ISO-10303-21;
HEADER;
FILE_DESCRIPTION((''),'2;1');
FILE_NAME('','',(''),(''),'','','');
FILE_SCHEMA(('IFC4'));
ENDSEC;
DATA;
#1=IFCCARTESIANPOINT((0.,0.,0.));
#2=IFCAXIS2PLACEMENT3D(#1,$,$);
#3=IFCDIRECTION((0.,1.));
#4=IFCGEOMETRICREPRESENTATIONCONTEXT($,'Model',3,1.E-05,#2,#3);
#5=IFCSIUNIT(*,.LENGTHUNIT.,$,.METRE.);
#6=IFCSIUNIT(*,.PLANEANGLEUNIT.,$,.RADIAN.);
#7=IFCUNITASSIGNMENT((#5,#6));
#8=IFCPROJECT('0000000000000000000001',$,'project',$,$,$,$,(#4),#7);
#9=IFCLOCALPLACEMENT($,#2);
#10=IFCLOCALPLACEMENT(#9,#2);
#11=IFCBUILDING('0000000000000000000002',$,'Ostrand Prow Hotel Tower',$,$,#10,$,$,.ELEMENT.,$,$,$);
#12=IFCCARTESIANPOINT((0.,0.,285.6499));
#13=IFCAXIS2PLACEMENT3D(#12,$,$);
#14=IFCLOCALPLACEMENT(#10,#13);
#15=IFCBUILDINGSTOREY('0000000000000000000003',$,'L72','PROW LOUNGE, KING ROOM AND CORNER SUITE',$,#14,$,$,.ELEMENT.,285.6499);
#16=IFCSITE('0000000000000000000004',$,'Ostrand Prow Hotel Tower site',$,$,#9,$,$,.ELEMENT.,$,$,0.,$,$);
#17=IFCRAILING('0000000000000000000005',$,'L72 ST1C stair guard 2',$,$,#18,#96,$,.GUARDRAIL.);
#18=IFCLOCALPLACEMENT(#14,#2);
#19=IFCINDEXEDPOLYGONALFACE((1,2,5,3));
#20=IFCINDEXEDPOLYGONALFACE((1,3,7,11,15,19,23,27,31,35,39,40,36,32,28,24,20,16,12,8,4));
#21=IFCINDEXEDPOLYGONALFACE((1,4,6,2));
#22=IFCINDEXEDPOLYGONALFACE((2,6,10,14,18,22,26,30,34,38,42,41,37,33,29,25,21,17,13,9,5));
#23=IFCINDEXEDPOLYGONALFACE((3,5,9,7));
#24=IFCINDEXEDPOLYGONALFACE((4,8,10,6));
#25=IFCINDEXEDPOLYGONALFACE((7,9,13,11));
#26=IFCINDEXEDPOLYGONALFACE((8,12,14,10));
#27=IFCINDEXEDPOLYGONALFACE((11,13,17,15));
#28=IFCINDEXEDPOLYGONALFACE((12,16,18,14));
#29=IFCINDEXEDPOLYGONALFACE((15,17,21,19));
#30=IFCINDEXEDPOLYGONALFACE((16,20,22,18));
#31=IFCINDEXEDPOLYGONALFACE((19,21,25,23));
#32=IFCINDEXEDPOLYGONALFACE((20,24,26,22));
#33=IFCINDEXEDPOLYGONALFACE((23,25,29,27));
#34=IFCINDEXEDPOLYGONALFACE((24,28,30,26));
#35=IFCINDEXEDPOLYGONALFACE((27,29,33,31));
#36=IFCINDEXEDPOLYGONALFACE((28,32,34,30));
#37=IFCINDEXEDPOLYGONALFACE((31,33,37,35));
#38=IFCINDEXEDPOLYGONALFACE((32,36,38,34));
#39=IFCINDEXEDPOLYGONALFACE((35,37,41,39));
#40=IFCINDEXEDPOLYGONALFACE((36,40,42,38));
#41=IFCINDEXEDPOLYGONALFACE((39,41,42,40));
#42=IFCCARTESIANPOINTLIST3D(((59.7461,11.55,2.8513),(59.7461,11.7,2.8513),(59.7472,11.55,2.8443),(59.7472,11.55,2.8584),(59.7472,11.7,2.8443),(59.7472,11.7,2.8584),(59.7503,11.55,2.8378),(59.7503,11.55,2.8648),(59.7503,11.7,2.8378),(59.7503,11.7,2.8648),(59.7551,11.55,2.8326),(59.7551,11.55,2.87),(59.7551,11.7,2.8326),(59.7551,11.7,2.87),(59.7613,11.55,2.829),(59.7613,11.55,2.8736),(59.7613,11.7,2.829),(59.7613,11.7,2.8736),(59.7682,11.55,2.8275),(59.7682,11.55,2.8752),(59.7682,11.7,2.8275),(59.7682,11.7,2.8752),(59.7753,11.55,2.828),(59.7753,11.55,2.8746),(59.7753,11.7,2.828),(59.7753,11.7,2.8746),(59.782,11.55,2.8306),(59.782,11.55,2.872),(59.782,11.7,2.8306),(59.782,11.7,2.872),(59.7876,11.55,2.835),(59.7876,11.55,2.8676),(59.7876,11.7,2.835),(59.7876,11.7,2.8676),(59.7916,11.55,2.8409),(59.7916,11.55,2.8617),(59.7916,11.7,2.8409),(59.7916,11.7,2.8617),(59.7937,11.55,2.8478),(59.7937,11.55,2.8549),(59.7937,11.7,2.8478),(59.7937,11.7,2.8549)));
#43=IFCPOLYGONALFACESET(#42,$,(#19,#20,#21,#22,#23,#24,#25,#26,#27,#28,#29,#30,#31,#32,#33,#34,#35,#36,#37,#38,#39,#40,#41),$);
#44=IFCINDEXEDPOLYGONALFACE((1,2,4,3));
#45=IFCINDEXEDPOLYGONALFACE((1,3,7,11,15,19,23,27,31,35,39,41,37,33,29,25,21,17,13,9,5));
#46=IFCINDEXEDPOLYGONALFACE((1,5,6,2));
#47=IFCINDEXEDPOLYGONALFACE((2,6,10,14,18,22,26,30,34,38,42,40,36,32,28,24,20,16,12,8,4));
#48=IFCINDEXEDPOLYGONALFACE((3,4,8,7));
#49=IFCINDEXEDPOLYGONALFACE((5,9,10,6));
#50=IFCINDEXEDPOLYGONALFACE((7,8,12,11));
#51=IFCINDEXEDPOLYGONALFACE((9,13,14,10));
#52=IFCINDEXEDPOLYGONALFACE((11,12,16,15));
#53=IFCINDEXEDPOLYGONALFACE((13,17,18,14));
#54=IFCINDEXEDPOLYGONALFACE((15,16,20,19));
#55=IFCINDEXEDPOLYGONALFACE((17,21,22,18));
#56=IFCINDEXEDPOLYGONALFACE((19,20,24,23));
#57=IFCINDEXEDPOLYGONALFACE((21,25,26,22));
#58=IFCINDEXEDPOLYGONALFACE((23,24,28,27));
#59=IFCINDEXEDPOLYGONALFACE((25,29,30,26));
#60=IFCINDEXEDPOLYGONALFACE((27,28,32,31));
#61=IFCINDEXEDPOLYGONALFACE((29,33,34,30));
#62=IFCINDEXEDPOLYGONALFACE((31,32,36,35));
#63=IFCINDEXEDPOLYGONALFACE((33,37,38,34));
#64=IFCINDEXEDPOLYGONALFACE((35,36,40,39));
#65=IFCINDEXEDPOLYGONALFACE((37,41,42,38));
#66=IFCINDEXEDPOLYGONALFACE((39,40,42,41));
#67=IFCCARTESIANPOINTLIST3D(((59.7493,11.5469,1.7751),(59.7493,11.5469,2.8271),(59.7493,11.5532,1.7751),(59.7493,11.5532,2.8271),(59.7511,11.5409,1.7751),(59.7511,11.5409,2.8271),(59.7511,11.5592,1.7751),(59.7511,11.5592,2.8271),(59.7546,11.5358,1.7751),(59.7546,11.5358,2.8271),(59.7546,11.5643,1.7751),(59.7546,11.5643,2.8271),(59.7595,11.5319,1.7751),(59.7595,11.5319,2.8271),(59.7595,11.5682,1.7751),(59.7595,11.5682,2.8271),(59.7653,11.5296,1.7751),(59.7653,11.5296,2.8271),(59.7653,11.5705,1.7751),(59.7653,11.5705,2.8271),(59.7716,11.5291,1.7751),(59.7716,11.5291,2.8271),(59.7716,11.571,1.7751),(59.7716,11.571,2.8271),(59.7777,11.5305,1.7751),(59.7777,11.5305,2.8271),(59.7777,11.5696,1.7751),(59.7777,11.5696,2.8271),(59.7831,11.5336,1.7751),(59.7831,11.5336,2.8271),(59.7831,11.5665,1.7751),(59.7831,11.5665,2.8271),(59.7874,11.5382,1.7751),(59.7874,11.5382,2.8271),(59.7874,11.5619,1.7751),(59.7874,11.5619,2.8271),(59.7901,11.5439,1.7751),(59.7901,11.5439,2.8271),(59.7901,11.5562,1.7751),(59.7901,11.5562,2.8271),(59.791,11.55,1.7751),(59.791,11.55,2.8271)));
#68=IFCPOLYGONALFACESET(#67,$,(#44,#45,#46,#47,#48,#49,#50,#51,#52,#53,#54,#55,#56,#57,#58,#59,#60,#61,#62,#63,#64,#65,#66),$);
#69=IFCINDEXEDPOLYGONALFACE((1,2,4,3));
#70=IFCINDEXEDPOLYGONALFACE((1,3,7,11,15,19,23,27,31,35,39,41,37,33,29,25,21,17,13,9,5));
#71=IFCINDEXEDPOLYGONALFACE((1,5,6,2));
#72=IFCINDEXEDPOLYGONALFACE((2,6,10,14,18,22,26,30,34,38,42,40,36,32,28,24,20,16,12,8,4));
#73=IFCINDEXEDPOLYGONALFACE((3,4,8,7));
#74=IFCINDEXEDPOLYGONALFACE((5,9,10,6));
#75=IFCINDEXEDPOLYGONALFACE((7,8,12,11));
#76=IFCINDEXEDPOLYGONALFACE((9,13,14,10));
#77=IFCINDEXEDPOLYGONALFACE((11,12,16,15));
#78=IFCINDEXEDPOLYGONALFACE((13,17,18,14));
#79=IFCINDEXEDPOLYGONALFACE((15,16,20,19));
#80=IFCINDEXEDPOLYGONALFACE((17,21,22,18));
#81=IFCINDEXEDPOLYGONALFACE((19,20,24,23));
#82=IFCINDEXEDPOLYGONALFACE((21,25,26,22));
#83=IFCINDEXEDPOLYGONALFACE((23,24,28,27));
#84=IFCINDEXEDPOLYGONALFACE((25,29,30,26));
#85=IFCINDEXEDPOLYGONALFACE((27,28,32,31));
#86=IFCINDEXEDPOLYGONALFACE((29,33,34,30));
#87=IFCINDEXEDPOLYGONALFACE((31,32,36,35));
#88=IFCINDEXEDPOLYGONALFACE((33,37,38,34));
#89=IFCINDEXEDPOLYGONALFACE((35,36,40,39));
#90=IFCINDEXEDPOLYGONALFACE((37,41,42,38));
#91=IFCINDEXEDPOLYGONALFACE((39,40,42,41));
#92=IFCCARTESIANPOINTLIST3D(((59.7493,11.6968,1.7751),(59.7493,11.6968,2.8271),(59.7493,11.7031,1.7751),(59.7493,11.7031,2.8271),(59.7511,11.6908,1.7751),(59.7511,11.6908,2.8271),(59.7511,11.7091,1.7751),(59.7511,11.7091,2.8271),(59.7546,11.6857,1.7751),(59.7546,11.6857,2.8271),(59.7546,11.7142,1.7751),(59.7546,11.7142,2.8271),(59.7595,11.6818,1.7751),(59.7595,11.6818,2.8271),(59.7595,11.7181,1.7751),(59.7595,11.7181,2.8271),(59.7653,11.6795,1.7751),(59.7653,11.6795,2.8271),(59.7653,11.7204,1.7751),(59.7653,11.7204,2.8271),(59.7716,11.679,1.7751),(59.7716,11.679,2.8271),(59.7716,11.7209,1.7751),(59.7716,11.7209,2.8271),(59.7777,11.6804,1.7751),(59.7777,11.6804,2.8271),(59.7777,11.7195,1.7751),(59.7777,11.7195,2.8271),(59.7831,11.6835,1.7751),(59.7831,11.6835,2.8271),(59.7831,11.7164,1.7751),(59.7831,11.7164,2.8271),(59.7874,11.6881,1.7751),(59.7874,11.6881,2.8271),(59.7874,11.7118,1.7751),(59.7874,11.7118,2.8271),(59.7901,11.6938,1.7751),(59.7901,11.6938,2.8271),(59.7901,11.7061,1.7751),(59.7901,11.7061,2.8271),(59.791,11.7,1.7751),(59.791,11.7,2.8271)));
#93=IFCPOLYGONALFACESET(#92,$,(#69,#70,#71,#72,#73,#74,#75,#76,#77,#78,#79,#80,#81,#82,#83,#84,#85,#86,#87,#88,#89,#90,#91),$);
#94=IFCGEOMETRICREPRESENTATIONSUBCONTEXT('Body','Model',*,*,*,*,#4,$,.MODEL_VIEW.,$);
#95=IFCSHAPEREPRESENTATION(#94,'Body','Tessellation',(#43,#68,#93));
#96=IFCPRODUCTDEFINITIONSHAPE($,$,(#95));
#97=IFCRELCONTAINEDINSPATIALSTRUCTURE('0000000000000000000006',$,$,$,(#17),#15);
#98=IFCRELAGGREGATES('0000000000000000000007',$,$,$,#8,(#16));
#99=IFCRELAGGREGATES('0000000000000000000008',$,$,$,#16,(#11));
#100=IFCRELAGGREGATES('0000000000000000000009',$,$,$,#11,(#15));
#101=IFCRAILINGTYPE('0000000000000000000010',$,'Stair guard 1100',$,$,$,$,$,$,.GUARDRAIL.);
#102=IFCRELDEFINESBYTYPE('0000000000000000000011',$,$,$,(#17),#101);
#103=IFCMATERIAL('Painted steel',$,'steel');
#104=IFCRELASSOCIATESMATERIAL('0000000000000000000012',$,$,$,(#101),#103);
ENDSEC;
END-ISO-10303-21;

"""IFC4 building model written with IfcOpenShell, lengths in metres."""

from ifc_helpers import new_model, si_unit, direction, frame, origin, origin_2d, place, context, subcontext, project, spatial, circle, extrude, material, type_object, element, save


model = new_model("IFC4")

# Units and contexts
model_context = context("Model", 3, precision=1e-05, world=origin(), true_north=direction((0.0, 1.0)))
body_context = subcontext(model_context, "Body", "Model", "MODEL_VIEW")
ifc_project = project(units=[si_unit("LENGTHUNIT", "METRE"), si_unit("PLANEANGLEUNIT", "RADIAN")], contexts=[model_context])

# Site, building, storey
site_placement = place(None, origin())
site = spatial("IfcSite", under=ifc_project, at=site_placement, Name="Ostrand Prow Hotel Tower site", CompositionType="ELEMENT", RefElevation=0.0)
building_placement = place(site_placement, origin())
building = spatial("IfcBuilding", under=site, at=building_placement, Name="Ostrand Prow Hotel Tower", CompositionType="ELEMENT")
storey_placement = place(building_placement, frame((0.0, 0.0, 285.6499)))
storey = spatial("IfcBuildingStorey", under=building, at=storey_placement, Name="L72", Description="PROW LOUNGE, KING ROOM AND CORNER SUITE", CompositionType="ELEMENT", Elevation=285.6499)

# Railing
ifc_material_1 = material(Name="Painted steel", Category="steel")
railing_type_1 = type_object("IfcRailingType", Name="Stair guard 1100", PredefinedType="GUARDRAIL", material=ifc_material_1)
railing_1_placement = place(storey_placement, frame((59.77, 11.55, 1.7751)))
element("IfcRailing", 1, at=railing_1_placement, inside=storey, type_object=railing_type_1, Name="L72 ST1C stair guard 2", PredefinedType="GUARDRAIL", context=body_context, shape_type="SweptSolid", body=[
    extrude(circle(Radius=0.0239, at=origin_2d()), frame((0.0, 0.0, 1.0762), z_axis=(0.0, 1.0, 0.0), x_axis=(-1.0, 0.0, 0.0)), (0.0, 0.0, 1.0), 0.1499),
    extrude(circle(Radius=0.021, at=origin_2d()), origin(), (0.0, 0.0, 1.0), 1.052),
    extrude(circle(Radius=0.021, at=origin_2d()), frame((0.0, 0.1499, 0.0)), (0.0, 0.0, 1.0), 1.052),
])

save(model, "model.ifc")
